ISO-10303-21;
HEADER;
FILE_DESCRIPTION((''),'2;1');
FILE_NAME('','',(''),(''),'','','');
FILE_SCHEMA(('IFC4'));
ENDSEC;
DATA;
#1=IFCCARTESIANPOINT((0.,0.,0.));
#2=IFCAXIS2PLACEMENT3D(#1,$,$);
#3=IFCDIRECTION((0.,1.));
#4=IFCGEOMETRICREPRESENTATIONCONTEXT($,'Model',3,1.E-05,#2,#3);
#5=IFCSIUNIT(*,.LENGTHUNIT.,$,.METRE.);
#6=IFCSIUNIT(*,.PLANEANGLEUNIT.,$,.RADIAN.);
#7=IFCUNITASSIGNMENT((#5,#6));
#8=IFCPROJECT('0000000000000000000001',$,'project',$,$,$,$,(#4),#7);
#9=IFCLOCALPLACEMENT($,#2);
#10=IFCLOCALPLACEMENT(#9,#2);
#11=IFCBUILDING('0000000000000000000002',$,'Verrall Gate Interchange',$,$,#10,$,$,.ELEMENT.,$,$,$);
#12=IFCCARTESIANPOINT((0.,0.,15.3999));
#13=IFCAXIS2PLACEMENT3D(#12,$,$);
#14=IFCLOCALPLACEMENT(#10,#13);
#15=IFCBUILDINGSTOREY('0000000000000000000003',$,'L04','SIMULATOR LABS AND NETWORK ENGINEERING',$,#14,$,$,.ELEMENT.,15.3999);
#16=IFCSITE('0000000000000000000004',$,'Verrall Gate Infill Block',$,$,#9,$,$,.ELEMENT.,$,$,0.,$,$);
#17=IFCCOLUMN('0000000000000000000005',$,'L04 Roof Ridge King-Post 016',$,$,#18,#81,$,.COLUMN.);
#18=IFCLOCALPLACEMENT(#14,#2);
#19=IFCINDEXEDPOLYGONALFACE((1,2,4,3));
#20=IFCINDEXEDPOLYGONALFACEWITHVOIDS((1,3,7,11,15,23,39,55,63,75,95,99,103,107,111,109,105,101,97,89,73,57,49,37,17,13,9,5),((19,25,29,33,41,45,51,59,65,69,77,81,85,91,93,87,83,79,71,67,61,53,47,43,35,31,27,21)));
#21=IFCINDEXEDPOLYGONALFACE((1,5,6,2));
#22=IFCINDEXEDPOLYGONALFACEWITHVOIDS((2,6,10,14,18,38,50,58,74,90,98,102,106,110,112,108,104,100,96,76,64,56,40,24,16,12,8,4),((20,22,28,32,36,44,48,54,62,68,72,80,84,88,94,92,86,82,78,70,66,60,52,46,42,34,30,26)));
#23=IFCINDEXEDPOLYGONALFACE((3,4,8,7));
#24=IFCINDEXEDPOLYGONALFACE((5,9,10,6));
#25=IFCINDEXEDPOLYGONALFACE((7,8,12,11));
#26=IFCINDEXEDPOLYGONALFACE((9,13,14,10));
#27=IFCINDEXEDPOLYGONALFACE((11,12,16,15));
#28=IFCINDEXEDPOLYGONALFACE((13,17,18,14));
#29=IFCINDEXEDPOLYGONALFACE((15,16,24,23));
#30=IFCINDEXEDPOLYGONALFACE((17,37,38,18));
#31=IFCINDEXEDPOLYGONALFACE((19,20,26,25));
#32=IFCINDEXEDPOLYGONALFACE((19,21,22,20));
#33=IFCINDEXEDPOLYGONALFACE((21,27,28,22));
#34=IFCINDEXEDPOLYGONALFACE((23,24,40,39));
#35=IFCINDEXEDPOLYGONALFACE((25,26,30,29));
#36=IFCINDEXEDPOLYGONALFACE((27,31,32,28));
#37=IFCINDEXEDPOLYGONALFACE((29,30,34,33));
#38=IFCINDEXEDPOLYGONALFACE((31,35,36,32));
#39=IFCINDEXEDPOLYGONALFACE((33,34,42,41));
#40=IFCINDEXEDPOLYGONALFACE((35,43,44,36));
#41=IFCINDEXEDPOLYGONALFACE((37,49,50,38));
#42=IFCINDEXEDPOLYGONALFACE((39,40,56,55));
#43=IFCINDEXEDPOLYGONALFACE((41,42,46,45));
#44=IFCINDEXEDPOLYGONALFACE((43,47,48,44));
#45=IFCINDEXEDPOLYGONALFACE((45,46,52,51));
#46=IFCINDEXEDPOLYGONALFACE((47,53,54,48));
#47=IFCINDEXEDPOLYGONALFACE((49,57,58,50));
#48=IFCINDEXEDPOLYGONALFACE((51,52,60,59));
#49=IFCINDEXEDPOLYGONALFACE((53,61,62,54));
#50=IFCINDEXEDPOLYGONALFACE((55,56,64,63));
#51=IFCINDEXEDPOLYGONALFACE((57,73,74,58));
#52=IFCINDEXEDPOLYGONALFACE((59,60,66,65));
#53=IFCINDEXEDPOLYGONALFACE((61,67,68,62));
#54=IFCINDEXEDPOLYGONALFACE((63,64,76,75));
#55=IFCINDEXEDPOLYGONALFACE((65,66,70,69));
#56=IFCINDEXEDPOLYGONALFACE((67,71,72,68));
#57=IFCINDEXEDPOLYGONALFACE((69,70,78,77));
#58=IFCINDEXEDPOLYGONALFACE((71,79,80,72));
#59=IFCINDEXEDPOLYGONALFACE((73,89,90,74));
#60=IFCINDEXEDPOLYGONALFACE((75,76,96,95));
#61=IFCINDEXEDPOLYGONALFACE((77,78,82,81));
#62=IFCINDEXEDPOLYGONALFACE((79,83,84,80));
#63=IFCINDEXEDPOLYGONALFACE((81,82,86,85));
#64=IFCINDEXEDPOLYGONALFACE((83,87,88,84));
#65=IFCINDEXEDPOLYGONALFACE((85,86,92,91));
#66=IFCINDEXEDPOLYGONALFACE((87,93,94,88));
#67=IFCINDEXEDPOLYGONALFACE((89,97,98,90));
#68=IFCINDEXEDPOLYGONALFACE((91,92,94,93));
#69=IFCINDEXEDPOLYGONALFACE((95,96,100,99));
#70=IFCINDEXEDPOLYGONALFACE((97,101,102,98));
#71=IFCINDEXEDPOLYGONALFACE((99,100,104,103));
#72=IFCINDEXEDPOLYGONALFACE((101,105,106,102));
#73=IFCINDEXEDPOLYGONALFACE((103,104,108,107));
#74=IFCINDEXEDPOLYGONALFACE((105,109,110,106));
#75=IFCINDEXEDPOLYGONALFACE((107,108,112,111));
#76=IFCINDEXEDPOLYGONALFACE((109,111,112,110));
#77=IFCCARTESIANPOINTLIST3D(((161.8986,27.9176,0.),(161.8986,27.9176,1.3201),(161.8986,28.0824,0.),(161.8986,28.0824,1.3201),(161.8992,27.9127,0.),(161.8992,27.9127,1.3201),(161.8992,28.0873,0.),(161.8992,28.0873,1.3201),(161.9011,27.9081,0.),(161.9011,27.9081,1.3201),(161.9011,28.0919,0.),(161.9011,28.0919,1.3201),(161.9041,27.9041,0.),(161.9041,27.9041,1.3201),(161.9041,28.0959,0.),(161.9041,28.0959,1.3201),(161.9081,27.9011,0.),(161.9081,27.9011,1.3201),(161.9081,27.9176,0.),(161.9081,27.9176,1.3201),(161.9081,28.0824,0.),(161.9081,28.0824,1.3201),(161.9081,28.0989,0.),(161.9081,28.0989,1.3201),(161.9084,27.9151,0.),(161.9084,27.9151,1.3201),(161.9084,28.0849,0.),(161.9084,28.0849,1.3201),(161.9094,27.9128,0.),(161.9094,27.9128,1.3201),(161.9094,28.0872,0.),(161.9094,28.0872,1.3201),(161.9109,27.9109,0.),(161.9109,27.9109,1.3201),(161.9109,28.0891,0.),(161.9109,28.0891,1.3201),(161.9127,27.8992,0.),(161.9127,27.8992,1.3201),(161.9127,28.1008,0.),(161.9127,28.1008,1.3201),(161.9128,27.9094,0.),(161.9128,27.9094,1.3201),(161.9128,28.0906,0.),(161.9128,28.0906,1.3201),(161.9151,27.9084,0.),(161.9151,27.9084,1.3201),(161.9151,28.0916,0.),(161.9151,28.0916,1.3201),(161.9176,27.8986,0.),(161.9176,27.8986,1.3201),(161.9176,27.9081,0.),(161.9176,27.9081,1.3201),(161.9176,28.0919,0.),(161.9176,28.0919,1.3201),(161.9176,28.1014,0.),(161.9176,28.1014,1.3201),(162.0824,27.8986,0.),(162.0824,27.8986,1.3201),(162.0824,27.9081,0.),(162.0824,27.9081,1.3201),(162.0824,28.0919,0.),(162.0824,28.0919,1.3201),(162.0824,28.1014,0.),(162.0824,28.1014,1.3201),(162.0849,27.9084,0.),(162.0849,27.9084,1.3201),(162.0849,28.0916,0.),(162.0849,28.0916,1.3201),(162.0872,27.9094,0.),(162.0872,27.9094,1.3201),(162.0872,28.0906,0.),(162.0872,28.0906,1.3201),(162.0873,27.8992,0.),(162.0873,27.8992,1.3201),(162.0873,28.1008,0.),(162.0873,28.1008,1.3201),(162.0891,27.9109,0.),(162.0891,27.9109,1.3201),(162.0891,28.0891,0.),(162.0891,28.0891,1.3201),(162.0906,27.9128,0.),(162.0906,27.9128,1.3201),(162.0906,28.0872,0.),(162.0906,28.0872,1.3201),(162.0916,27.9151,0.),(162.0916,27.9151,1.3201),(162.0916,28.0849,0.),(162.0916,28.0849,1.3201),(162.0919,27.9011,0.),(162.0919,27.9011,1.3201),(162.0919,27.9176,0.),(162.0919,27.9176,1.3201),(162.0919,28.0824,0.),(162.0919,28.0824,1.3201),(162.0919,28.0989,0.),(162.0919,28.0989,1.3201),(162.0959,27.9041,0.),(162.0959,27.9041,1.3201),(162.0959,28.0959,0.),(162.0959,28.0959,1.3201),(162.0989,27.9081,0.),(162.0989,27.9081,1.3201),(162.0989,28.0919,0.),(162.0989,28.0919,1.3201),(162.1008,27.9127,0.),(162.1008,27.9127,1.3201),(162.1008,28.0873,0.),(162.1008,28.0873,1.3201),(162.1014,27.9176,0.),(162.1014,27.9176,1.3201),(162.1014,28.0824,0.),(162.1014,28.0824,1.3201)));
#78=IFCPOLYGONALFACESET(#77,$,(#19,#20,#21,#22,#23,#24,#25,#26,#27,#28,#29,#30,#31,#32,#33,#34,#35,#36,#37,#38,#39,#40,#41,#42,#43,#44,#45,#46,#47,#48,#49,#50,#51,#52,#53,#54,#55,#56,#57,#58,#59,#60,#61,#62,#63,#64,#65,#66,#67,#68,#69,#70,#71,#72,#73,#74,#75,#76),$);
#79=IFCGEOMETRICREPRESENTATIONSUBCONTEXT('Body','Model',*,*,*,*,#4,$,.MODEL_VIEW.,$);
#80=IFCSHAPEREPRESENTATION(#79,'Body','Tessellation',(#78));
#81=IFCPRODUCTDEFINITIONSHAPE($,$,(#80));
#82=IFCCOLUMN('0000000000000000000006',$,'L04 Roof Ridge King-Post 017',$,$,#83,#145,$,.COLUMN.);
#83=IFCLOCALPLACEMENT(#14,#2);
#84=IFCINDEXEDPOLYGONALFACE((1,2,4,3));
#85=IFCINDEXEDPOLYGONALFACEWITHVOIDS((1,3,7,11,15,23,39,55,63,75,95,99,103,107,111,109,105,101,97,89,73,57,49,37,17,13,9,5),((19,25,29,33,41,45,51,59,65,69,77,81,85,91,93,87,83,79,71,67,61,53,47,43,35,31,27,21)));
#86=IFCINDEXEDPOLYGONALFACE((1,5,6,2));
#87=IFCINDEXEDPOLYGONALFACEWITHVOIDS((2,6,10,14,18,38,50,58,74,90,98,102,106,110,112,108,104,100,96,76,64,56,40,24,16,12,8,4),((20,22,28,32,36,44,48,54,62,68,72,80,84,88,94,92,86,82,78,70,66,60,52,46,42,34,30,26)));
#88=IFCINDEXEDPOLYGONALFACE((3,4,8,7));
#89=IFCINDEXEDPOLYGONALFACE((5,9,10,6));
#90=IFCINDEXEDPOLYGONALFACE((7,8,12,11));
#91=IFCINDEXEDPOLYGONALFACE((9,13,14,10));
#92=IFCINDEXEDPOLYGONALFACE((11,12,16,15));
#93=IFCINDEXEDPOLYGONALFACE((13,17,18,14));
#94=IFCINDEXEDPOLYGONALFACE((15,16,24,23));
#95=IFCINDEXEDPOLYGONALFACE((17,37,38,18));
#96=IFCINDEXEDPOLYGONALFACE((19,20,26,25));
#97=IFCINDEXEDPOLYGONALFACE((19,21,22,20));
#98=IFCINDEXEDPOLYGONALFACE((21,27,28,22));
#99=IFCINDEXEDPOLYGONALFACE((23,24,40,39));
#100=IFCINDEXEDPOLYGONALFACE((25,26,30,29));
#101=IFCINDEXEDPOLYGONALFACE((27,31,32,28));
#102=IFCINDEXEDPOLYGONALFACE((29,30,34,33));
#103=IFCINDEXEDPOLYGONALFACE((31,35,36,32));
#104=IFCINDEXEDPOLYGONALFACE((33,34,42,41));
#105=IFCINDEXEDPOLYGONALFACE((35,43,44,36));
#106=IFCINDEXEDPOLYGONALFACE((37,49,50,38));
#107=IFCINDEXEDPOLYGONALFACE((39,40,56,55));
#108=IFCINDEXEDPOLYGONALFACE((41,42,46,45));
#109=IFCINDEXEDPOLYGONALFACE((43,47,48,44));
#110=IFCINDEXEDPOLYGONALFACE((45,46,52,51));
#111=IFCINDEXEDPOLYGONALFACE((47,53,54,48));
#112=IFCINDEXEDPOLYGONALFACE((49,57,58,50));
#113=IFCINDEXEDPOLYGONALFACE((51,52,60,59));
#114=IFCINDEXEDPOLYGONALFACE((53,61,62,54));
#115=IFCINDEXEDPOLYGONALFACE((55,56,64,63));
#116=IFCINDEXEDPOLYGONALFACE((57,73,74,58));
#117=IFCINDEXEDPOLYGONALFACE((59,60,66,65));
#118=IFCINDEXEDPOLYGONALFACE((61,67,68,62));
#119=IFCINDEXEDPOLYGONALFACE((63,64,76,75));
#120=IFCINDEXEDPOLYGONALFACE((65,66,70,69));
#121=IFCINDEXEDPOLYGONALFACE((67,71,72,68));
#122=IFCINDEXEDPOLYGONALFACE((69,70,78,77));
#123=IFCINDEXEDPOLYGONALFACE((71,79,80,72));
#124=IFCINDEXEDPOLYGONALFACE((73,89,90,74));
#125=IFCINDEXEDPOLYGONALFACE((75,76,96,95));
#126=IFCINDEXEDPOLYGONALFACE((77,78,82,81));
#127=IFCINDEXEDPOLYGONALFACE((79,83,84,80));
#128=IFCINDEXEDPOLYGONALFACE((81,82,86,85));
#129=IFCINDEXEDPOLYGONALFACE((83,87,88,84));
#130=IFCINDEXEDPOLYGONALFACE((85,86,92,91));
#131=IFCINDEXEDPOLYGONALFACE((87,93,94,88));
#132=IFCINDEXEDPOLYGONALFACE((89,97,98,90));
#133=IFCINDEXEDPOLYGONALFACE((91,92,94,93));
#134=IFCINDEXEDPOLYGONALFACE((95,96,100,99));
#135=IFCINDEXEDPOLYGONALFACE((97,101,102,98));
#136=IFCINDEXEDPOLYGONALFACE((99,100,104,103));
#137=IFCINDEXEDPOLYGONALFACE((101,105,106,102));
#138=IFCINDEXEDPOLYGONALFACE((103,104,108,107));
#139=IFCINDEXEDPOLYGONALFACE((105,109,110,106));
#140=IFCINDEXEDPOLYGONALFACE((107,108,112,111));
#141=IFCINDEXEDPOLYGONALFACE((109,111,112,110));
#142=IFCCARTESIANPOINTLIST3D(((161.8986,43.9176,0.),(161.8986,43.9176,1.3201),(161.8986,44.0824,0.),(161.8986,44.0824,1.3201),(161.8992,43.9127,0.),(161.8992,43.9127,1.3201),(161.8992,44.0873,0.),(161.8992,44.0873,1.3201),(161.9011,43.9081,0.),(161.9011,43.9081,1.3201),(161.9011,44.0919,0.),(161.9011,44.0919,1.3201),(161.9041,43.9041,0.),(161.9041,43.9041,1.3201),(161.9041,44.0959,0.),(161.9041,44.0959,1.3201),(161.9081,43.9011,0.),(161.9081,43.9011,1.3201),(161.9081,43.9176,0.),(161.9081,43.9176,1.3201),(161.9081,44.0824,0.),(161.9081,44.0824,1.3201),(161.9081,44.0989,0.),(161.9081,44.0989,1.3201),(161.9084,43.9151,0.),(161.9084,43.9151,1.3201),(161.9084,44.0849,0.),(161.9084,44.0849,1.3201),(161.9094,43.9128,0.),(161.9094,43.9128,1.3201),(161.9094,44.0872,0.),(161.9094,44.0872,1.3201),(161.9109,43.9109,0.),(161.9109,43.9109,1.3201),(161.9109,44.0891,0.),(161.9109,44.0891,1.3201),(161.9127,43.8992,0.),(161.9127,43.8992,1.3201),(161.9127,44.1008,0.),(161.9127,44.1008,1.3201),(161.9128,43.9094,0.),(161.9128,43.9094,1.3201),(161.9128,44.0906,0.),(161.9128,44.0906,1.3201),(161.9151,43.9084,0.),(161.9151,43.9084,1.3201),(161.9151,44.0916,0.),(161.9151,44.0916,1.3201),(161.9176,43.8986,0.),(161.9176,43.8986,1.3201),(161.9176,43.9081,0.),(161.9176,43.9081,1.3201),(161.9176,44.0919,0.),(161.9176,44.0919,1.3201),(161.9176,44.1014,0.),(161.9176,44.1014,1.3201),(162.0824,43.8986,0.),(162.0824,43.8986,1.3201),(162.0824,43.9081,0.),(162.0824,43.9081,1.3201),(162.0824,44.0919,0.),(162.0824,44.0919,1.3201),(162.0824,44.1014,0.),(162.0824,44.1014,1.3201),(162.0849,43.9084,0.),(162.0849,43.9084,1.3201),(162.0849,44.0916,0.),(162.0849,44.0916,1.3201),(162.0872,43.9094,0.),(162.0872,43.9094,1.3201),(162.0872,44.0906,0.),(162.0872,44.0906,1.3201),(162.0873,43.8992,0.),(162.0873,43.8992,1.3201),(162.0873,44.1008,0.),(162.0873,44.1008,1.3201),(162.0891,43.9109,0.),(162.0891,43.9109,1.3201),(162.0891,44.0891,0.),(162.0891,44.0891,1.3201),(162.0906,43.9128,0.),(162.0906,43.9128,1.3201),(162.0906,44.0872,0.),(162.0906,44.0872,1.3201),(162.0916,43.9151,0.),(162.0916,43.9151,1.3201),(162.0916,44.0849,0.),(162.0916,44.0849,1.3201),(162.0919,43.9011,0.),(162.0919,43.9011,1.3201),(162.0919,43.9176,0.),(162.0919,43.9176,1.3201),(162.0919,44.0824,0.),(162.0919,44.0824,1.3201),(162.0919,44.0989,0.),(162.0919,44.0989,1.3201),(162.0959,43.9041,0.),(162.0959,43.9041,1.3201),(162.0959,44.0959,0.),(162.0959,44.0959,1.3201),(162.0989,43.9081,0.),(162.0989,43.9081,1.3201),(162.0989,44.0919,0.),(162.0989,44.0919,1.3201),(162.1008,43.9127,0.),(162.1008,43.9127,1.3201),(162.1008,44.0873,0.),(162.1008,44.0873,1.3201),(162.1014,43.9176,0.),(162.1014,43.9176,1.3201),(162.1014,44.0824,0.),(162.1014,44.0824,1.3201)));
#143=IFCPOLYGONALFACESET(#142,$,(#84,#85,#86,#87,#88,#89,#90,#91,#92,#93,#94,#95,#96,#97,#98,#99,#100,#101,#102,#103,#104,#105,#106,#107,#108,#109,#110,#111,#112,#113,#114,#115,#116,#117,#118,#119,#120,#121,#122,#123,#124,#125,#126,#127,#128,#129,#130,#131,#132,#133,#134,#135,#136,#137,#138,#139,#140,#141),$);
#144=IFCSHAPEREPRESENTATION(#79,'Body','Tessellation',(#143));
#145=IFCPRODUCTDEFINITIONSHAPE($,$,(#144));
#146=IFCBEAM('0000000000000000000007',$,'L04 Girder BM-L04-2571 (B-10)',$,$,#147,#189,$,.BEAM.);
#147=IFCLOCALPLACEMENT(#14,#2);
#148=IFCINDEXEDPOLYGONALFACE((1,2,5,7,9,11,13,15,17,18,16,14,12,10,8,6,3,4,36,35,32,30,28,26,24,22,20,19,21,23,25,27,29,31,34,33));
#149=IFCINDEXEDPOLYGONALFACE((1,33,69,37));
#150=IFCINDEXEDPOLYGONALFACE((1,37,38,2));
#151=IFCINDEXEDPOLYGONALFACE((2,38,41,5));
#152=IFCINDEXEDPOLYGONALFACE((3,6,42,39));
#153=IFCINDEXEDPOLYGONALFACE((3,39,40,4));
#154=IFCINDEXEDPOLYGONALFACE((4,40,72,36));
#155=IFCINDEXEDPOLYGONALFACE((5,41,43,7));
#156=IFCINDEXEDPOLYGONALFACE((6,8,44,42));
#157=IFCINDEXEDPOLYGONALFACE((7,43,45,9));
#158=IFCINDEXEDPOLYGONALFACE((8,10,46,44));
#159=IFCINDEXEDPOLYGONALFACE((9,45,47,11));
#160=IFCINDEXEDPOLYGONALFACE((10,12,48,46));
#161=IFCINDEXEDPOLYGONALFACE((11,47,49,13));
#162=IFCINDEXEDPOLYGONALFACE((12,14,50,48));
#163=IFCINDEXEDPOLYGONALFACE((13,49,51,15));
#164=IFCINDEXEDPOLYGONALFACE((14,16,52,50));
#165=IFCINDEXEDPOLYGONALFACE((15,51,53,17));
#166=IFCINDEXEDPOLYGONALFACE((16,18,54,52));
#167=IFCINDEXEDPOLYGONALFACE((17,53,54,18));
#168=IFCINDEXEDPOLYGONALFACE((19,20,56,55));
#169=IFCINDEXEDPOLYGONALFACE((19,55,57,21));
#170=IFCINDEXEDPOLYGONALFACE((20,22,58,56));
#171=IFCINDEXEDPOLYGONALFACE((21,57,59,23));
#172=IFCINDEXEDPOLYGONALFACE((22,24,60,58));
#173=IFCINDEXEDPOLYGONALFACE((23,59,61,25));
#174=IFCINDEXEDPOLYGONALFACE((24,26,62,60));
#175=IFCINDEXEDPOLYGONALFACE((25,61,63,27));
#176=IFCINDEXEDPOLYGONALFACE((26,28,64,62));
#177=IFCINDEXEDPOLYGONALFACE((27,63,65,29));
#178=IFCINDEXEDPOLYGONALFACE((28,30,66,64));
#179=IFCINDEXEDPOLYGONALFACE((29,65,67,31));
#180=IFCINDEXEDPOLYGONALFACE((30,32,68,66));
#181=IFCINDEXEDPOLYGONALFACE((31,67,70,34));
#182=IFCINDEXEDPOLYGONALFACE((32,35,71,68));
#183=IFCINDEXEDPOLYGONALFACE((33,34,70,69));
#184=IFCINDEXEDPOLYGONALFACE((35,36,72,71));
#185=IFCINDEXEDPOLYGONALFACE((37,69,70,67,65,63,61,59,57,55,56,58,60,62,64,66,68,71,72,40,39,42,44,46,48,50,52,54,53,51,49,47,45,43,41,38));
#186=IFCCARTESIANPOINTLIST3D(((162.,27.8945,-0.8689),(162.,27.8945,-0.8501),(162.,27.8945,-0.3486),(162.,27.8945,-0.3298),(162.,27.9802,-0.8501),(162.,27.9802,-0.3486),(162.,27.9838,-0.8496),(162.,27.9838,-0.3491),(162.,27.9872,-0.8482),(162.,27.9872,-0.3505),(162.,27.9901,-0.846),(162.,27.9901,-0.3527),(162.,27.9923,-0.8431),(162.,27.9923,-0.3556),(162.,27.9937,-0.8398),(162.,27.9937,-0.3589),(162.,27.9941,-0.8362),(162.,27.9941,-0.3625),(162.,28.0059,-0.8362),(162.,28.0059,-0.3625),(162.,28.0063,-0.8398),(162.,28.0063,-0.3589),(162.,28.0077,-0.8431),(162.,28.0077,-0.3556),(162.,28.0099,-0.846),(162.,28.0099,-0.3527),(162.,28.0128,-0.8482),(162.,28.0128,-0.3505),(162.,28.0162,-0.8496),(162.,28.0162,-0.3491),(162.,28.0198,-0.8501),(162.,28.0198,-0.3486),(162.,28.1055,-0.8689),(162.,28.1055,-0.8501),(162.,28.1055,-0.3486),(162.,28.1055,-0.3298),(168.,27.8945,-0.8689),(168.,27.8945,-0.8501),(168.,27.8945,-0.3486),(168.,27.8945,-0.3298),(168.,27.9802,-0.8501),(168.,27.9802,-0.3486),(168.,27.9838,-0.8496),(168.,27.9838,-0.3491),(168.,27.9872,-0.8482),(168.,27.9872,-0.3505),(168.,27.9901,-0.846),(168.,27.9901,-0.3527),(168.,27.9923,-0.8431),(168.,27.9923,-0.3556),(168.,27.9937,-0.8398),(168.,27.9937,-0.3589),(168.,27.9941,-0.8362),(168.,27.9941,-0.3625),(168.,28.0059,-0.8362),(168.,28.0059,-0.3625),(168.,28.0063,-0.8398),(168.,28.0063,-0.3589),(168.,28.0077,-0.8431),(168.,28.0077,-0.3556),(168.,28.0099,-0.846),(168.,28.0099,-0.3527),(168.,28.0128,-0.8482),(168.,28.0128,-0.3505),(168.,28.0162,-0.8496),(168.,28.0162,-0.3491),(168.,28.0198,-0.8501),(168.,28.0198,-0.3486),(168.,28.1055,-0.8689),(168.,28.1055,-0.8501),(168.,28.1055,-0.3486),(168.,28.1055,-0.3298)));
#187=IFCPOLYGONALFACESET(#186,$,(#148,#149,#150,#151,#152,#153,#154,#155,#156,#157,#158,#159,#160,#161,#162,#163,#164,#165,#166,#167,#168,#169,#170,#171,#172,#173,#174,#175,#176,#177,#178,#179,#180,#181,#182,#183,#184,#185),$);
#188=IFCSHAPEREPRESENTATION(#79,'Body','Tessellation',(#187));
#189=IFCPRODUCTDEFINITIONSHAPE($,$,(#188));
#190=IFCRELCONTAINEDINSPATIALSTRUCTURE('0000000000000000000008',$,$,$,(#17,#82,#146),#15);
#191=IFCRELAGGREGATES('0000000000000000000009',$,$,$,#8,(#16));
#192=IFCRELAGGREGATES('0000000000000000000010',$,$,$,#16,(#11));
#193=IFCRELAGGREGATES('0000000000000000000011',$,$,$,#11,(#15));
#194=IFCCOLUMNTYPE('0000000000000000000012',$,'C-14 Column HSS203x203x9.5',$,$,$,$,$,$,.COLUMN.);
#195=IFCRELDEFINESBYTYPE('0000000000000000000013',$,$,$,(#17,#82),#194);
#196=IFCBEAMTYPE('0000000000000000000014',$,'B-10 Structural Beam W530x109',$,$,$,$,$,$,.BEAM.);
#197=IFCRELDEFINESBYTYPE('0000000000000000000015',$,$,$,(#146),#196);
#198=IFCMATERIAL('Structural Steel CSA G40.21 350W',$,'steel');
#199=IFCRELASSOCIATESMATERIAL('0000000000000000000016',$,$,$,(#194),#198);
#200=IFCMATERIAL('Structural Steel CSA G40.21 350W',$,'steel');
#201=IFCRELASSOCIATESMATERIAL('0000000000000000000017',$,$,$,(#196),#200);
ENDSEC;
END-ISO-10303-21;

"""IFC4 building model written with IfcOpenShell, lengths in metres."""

from ifc_helpers import new_model, si_unit, direction, frame, origin, origin_2d, place, context, subcontext, project, spatial, hollow_rectangle, i_section, extrude, material, material_profile, profile_set, type_object, element, save


model = new_model("IFC4")

# Units and contexts
model_context = context("Model", 3, precision=1e-05, world=origin(), true_north=direction((0.0, 1.0)))
body_context = subcontext(model_context, "Body", "Model", "MODEL_VIEW")
ifc_project = project(units=[si_unit("LENGTHUNIT", "METRE"), si_unit("PLANEANGLEUNIT", "RADIAN")], contexts=[model_context])

# Site, building, storey
site_placement = place(None, origin())
site = spatial("IfcSite", under=ifc_project, at=site_placement, Name="Verrall Gate Infill Block", CompositionType="ELEMENT", RefElevation=0.0)
building_placement = place(site_placement, origin())
building = spatial("IfcBuilding", under=site, at=building_placement, Name="Verrall Gate Interchange", CompositionType="ELEMENT")
storey_placement = place(building_placement, frame((0.0, 0.0, 15.3999)))
storey = spatial("IfcBuildingStorey", under=building, at=storey_placement, Name="L04", Description="SIMULATOR LABS AND NETWORK ENGINEERING", CompositionType="ELEMENT", Elevation=15.3999)

# Columns
ifc_material_1 = material(Name="Structural Steel CSA G40.21 350W", Category="steel")
ifc_material_profile_1 = material_profile(ifc_material_1, hollow_rectangle(XDim=0.2029, YDim=0.2029, WallThickness=0.0095, InnerFilletRadius=0.0095, OuterFilletRadius=0.019, at=origin_2d()), Name="HSS203x203x9.5")
ifc_profile_set_1 = profile_set([ifc_material_profile_1], Name="Structural Steel CSA G40.21 350W")
column_type = type_object("IfcColumnType", Name="C-14 Column HSS203x203x9.5", PredefinedType="COLUMN", material=ifc_profile_set_1)
for number, where, z_axis, x_axis, name in (
    (1, (162.0, 28.0, 0.0), (0.0, 0.0, 1.0), (1.0, 0.0, 0.0), "L04 Roof Ridge King-Post 016"),
    (2, (162.0, 44.0, 0.0), (0.0, 0.0, 1.0), (1.0, 0.0, 0.0), "L04 Roof Ridge King-Post 017"),
):
    element("IfcColumn", number, at=place(storey_placement, frame(where, z_axis=z_axis, x_axis=x_axis)), inside=storey, type_object=column_type, Name=name, PredefinedType="COLUMN", context=body_context, shape_type="SweptSolid", body=[
        extrude(hollow_rectangle(XDim=0.2029, YDim=0.2029, WallThickness=0.0095, InnerFilletRadius=0.0095, OuterFilletRadius=0.019, at=origin_2d()), origin(), (0.0, 0.0, 1.0), 1.3201),
    ])

# Beam
ifc_material_2 = material(Name="Structural Steel CSA G40.21 350W", Category="steel")
ifc_material_profile_2 = material_profile(ifc_material_2, i_section(OverallWidth=0.2109, OverallDepth=0.5391, WebThickness=0.0117, FlangeThickness=0.0188, FilletRadius=0.0139, at=origin_2d()), Name="W530x109")
ifc_profile_set_2 = profile_set([ifc_material_profile_2], Name="Structural Steel CSA G40.21 350W")
beam_type_1 = type_object("IfcBeamType", Name="B-10 Structural Beam W530x109", PredefinedType="BEAM", material=ifc_profile_set_2)
for number, where, z_axis, x_axis, name in (
    (3, (162.0, 28.0, -0.5994), (1.0, 0.0, 0.0), (0.0, 1.0, 0.0), "L04 Girder BM-L04-2571 (B-10)"),
):
    element("IfcBeam", number, at=place(storey_placement, frame(where, z_axis=z_axis, x_axis=x_axis)), inside=storey, type_object=beam_type_1, Name=name, PredefinedType="BEAM", context=body_context, shape_type="SweptSolid", body=[
        extrude(i_section(OverallWidth=0.2109, OverallDepth=0.5391, WebThickness=0.0117, FlangeThickness=0.0188, FilletRadius=0.0139, at=origin_2d()), origin(), (0.0, 0.0, 1.0), 6.0),
    ])

save(model, "model.ifc")
